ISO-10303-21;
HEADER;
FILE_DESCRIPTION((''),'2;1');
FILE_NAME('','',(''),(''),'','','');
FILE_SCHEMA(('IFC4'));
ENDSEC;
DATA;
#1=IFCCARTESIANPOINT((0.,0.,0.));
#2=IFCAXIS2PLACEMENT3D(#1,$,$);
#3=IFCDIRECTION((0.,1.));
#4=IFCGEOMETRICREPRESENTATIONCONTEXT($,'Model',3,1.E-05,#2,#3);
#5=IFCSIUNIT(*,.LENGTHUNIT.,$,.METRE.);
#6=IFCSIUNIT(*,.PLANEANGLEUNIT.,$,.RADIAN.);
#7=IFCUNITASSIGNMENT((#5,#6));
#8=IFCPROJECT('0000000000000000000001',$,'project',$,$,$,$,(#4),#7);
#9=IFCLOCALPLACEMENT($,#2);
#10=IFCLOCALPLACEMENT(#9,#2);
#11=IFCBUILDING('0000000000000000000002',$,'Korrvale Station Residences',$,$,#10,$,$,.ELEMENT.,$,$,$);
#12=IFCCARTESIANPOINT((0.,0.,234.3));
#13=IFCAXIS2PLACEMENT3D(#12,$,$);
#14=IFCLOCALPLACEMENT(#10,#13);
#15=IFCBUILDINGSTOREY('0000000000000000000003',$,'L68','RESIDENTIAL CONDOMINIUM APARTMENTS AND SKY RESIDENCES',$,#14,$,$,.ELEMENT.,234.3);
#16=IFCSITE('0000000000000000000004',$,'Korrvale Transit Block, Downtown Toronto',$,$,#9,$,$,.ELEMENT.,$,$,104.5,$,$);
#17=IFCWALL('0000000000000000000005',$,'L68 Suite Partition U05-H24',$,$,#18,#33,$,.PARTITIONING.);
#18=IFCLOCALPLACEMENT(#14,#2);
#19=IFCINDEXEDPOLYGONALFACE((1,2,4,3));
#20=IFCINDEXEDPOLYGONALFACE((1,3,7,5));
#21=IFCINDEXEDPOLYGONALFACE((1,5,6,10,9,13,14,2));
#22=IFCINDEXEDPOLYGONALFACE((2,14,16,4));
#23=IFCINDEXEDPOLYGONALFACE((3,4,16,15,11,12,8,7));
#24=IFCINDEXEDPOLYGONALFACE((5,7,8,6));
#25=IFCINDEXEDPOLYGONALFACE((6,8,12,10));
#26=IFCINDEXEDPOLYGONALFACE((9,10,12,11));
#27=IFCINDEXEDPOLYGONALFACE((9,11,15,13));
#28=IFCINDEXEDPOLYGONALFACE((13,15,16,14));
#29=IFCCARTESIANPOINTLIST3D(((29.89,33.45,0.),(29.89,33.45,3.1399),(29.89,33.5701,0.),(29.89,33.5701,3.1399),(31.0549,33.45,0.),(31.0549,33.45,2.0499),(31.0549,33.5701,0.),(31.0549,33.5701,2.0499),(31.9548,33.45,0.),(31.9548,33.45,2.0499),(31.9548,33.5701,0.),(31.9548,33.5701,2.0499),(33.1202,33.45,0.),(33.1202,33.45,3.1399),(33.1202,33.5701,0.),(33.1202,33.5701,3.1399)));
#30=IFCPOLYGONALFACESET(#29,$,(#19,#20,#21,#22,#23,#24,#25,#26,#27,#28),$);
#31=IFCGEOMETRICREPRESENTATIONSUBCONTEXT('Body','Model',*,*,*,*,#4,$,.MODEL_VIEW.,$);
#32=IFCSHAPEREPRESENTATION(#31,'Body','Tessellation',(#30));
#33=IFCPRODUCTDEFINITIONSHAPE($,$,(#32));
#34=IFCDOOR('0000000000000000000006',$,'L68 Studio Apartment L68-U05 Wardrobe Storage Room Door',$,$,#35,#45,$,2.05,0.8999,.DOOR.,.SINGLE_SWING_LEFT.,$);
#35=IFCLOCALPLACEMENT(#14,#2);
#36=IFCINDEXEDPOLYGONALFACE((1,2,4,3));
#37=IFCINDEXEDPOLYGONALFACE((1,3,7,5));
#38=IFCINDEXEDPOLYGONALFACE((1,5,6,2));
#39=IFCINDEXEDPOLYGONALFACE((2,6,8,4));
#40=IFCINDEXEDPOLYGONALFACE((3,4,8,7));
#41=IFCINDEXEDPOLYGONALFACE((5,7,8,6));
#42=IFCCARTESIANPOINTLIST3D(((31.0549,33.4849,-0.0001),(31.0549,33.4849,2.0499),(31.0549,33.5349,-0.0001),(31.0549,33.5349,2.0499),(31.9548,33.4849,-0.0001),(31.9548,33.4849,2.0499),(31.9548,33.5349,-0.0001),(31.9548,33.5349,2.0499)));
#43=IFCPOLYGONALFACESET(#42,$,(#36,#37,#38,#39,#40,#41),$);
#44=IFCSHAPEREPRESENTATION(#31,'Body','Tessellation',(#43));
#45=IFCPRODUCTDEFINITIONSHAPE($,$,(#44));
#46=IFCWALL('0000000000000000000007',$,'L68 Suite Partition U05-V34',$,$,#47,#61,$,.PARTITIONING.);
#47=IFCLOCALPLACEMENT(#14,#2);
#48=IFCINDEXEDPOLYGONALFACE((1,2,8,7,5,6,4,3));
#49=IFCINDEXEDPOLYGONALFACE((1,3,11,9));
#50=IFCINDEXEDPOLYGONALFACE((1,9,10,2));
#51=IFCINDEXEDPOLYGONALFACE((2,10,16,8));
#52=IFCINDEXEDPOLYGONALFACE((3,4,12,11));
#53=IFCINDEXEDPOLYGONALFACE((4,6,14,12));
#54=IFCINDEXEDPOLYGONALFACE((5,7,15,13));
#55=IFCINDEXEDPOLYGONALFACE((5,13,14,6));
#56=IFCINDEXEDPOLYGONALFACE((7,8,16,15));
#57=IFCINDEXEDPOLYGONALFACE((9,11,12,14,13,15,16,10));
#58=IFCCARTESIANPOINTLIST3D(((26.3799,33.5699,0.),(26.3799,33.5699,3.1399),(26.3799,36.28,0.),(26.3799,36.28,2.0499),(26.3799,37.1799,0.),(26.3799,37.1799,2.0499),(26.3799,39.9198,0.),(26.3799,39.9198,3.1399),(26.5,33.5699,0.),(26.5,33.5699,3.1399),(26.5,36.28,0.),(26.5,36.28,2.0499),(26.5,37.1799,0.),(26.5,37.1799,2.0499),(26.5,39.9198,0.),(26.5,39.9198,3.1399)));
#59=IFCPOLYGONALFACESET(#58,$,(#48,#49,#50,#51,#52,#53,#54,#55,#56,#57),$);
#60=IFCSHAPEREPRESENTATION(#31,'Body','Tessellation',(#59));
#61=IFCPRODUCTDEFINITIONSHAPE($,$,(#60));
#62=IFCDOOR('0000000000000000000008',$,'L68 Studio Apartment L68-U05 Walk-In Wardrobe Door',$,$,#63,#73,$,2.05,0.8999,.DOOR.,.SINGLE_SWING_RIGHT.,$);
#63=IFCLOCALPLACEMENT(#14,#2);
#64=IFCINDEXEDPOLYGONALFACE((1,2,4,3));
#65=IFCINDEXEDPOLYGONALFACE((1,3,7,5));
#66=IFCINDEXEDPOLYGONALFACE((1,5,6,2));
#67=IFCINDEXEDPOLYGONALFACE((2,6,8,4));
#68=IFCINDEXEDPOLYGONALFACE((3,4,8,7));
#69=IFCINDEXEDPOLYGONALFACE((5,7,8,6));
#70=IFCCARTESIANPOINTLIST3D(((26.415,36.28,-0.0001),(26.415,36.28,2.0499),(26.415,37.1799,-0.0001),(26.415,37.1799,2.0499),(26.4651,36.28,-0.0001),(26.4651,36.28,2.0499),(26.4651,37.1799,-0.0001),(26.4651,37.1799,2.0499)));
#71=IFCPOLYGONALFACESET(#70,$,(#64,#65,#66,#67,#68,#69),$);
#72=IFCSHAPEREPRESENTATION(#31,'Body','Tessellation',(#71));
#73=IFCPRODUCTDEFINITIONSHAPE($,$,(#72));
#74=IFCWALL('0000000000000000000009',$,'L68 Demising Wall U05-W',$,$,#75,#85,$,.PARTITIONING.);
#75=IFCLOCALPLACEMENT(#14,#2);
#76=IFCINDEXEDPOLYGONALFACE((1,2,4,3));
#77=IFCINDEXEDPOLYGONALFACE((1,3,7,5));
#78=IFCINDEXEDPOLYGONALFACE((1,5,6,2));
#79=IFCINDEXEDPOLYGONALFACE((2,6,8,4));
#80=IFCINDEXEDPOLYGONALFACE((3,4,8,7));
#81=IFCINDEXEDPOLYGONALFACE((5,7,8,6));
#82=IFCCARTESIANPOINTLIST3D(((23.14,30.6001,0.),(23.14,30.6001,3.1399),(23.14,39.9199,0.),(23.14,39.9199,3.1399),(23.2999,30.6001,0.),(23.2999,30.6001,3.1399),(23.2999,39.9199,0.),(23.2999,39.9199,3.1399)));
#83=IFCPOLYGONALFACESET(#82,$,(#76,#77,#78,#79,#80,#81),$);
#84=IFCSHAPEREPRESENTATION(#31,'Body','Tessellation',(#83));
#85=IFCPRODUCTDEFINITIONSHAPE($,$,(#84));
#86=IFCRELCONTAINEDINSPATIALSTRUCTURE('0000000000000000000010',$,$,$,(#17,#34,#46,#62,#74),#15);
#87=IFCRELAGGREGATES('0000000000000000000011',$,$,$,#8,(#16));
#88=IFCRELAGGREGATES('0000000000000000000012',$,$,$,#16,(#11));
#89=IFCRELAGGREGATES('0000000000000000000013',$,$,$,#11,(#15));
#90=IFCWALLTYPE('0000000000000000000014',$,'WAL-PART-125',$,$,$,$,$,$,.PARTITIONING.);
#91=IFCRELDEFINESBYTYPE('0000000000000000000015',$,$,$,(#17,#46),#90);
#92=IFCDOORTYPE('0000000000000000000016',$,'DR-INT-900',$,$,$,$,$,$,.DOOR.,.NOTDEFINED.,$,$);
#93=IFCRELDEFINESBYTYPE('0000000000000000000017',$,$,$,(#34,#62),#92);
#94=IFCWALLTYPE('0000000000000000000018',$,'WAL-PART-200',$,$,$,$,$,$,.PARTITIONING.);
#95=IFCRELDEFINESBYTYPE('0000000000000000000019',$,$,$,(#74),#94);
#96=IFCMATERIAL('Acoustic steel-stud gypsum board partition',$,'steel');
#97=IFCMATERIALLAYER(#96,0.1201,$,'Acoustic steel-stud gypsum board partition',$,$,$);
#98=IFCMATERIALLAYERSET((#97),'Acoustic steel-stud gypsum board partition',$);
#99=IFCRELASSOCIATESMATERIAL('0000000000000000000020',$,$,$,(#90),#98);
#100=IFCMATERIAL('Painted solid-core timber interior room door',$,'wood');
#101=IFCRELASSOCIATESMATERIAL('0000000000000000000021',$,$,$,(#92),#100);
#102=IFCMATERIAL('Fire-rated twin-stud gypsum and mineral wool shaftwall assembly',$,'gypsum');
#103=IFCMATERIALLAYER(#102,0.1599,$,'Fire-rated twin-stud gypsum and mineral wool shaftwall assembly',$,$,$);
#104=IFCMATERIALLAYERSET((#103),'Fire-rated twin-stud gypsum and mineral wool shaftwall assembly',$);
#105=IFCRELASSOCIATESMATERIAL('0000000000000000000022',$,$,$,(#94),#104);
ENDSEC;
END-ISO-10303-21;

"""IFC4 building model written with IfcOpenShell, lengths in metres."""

from ifc_helpers import new_model, si_unit, direction, frame, frame_2d, origin, place, context, subcontext, project, spatial, rectangle, extrude, material, layer, layer_set, type_object, element, fill, save


model = new_model("IFC4")

# Units and contexts
model_context = context("Model", 3, precision=1e-05, world=origin(), true_north=direction((0.0, 1.0)))
body_context = subcontext(model_context, "Body", "Model", "MODEL_VIEW")
ifc_project = project(units=[si_unit("LENGTHUNIT", "METRE"), si_unit("PLANEANGLEUNIT", "RADIAN")], contexts=[model_context])

# Site, building, storey
site_placement = place(None, origin())
site = spatial("IfcSite", under=ifc_project, at=site_placement, Name="Korrvale Transit Block, Downtown Toronto", CompositionType="ELEMENT", RefElevation=104.5)
building_placement = place(site_placement, origin())
building = spatial("IfcBuilding", under=site, at=building_placement, Name="Korrvale Station Residences", CompositionType="ELEMENT")
storey_placement = place(building_placement, frame((0.0, 0.0, 234.3)))
storey = spatial("IfcBuildingStorey", under=building, at=storey_placement, Name="L68", Description="RESIDENTIAL CONDOMINIUM APARTMENTS AND SKY RESIDENCES", CompositionType="ELEMENT", Elevation=234.3)

# Shared definitions
ifc_material_1 = material(Name="Acoustic steel-stud gypsum board partition", Category="steel")
ifc_layer_1 = layer(ifc_material_1, 0.1201, Name="Acoustic steel-stud gypsum board partition")
ifc_layer_set_1 = layer_set([ifc_layer_1], Name="Acoustic steel-stud gypsum board partition")
wall_type_1 = type_object("IfcWallType", Name="WAL-PART-125", PredefinedType="PARTITIONING", material=ifc_layer_set_1)

# Shared definitions
ifc_material_2 = material(Name="Painted solid-core timber interior room door", Category="wood")
door_type_1 = type_object("IfcDoorType", Name="DR-INT-900", OperationType="NOTDEFINED", PredefinedType="DOOR", material=ifc_material_2)

# Walls, openings, doors
wall_1_placement = place(storey_placement, frame((29.8899, 33.51, 0.0), z_axis=(0.0, 0.0, 1.0), x_axis=(1.0, 0.0, 0.0)))
wall_1 = element("IfcWall", 1, at=wall_1_placement, inside=storey, type_object=wall_type_1, Name="L68 Suite Partition U05-H24", PredefinedType="PARTITIONING", context=body_context, shape_type="SweptSolid", body=[
    extrude(rectangle(XDim=3.2302, YDim=0.1201, at=frame_2d((1.6152, 0.0))), origin(), (0.0, 0.0, 1.0), 3.1399),
])
opening_1_placement = place(wall_1_placement, frame((1.165, 0.0, 0.0)))
opening_1 = element("IfcOpeningElement", 2, at=opening_1_placement, cuts=wall_1, PredefinedType="OPENING", context=body_context, shape_type="SweptSolid", body=[
    extrude(rectangle(XDim=0.8999, YDim=2.05, at=frame_2d((0.45, 1.0249))), frame((0.0, 0.0701, 0.0), z_axis=(0.0, -1.0, 0.0), x_axis=(1.0, 0.0, 0.0)), (0.0, 0.0, 1.0), 0.1401),
])
door_1_placement = place(opening_1_placement, origin())
door_1 = element("IfcDoor", 3, at=door_1_placement, inside=storey, type_object=door_type_1, Name="L68 Studio Apartment L68-U05 Wardrobe Storage Room Door", OperationType="SINGLE_SWING_LEFT", OverallHeight=2.05, OverallWidth=0.8999, PredefinedType="DOOR", context=body_context, shape_type="SweptSolid", body=[
    extrude(rectangle(XDim=0.8999, YDim=2.05, at=frame_2d((0.45, 1.0249))), frame((0.0, 0.0249, 0.0), z_axis=(0.0, -1.0, 0.0), x_axis=(1.0, 0.0, 0.0)), (0.0, 0.0, 1.0), 0.05),
])
fill(opening_1, door_1)
wall_2_placement = place(storey_placement, frame((26.4399, 33.5701, 0.0), z_axis=(0.0, 0.0, 1.0), x_axis=(0.0, 1.0, 0.0)))
wall_2 = element("IfcWall", 4, at=wall_2_placement, inside=storey, type_object=wall_type_1, Name="L68 Suite Partition U05-V34", PredefinedType="PARTITIONING", context=body_context, shape_type="SweptSolid", body=[
    extrude(rectangle(XDim=6.3499, YDim=0.1201, at=frame_2d((3.1748, 0.0))), origin(), (0.0, 0.0, 1.0), 3.1399),
])
opening_2_placement = place(wall_2_placement, frame((2.71, 0.0, 0.0)))
opening_2 = element("IfcOpeningElement", 5, at=opening_2_placement, cuts=wall_2, PredefinedType="OPENING", context=body_context, shape_type="SweptSolid", body=[
    extrude(rectangle(XDim=0.8999, YDim=2.05, at=frame_2d((0.45, 1.0249))), frame((0.0, 0.0701, 0.0), z_axis=(0.0, -1.0, 0.0), x_axis=(1.0, 0.0, 0.0)), (0.0, 0.0, 1.0), 0.1401),
])
door_2_placement = place(opening_2_placement, origin())
door_2 = element("IfcDoor", 6, at=door_2_placement, inside=storey, type_object=door_type_1, Name="L68 Studio Apartment L68-U05 Walk-In Wardrobe Door", OperationType="SINGLE_SWING_RIGHT", OverallHeight=2.05, OverallWidth=0.8999, PredefinedType="DOOR", context=body_context, shape_type="SweptSolid", body=[
    extrude(rectangle(XDim=0.8999, YDim=2.05, at=frame_2d((0.45, 1.0249))), frame((0.0, 0.0249, 0.0), z_axis=(0.0, -1.0, 0.0), x_axis=(1.0, 0.0, 0.0)), (0.0, 0.0, 1.0), 0.05),
])
fill(opening_2, door_2)

# Wall
ifc_material_3 = material(Name="Fire-rated twin-stud gypsum and mineral wool shaftwall assembly", Category="gypsum")
ifc_layer_2 = layer(ifc_material_3, 0.1599, Name="Fire-rated twin-stud gypsum and mineral wool shaftwall assembly")
ifc_layer_set_2 = layer_set([ifc_layer_2], Name="Fire-rated twin-stud gypsum and mineral wool shaftwall assembly")
wall_type_2 = type_object("IfcWallType", Name="WAL-PART-200", PredefinedType="PARTITIONING", material=ifc_layer_set_2)
wall_3_placement = place(storey_placement, frame((23.22, 30.6001, 0.0), z_axis=(0.0, 0.0, 1.0), x_axis=(0.0, 1.0, 0.0)))
element("IfcWall", 7, at=wall_3_placement, inside=storey, type_object=wall_type_2, Name="L68 Demising Wall U05-W", PredefinedType="PARTITIONING", context=body_context, shape_type="SweptSolid", body=[
    extrude(rectangle(XDim=9.3198, YDim=0.1599, at=frame_2d((4.6599, 0.0))), origin(), (0.0, 0.0, 1.0), 3.1399),
])

save(model, "model.ifc")
